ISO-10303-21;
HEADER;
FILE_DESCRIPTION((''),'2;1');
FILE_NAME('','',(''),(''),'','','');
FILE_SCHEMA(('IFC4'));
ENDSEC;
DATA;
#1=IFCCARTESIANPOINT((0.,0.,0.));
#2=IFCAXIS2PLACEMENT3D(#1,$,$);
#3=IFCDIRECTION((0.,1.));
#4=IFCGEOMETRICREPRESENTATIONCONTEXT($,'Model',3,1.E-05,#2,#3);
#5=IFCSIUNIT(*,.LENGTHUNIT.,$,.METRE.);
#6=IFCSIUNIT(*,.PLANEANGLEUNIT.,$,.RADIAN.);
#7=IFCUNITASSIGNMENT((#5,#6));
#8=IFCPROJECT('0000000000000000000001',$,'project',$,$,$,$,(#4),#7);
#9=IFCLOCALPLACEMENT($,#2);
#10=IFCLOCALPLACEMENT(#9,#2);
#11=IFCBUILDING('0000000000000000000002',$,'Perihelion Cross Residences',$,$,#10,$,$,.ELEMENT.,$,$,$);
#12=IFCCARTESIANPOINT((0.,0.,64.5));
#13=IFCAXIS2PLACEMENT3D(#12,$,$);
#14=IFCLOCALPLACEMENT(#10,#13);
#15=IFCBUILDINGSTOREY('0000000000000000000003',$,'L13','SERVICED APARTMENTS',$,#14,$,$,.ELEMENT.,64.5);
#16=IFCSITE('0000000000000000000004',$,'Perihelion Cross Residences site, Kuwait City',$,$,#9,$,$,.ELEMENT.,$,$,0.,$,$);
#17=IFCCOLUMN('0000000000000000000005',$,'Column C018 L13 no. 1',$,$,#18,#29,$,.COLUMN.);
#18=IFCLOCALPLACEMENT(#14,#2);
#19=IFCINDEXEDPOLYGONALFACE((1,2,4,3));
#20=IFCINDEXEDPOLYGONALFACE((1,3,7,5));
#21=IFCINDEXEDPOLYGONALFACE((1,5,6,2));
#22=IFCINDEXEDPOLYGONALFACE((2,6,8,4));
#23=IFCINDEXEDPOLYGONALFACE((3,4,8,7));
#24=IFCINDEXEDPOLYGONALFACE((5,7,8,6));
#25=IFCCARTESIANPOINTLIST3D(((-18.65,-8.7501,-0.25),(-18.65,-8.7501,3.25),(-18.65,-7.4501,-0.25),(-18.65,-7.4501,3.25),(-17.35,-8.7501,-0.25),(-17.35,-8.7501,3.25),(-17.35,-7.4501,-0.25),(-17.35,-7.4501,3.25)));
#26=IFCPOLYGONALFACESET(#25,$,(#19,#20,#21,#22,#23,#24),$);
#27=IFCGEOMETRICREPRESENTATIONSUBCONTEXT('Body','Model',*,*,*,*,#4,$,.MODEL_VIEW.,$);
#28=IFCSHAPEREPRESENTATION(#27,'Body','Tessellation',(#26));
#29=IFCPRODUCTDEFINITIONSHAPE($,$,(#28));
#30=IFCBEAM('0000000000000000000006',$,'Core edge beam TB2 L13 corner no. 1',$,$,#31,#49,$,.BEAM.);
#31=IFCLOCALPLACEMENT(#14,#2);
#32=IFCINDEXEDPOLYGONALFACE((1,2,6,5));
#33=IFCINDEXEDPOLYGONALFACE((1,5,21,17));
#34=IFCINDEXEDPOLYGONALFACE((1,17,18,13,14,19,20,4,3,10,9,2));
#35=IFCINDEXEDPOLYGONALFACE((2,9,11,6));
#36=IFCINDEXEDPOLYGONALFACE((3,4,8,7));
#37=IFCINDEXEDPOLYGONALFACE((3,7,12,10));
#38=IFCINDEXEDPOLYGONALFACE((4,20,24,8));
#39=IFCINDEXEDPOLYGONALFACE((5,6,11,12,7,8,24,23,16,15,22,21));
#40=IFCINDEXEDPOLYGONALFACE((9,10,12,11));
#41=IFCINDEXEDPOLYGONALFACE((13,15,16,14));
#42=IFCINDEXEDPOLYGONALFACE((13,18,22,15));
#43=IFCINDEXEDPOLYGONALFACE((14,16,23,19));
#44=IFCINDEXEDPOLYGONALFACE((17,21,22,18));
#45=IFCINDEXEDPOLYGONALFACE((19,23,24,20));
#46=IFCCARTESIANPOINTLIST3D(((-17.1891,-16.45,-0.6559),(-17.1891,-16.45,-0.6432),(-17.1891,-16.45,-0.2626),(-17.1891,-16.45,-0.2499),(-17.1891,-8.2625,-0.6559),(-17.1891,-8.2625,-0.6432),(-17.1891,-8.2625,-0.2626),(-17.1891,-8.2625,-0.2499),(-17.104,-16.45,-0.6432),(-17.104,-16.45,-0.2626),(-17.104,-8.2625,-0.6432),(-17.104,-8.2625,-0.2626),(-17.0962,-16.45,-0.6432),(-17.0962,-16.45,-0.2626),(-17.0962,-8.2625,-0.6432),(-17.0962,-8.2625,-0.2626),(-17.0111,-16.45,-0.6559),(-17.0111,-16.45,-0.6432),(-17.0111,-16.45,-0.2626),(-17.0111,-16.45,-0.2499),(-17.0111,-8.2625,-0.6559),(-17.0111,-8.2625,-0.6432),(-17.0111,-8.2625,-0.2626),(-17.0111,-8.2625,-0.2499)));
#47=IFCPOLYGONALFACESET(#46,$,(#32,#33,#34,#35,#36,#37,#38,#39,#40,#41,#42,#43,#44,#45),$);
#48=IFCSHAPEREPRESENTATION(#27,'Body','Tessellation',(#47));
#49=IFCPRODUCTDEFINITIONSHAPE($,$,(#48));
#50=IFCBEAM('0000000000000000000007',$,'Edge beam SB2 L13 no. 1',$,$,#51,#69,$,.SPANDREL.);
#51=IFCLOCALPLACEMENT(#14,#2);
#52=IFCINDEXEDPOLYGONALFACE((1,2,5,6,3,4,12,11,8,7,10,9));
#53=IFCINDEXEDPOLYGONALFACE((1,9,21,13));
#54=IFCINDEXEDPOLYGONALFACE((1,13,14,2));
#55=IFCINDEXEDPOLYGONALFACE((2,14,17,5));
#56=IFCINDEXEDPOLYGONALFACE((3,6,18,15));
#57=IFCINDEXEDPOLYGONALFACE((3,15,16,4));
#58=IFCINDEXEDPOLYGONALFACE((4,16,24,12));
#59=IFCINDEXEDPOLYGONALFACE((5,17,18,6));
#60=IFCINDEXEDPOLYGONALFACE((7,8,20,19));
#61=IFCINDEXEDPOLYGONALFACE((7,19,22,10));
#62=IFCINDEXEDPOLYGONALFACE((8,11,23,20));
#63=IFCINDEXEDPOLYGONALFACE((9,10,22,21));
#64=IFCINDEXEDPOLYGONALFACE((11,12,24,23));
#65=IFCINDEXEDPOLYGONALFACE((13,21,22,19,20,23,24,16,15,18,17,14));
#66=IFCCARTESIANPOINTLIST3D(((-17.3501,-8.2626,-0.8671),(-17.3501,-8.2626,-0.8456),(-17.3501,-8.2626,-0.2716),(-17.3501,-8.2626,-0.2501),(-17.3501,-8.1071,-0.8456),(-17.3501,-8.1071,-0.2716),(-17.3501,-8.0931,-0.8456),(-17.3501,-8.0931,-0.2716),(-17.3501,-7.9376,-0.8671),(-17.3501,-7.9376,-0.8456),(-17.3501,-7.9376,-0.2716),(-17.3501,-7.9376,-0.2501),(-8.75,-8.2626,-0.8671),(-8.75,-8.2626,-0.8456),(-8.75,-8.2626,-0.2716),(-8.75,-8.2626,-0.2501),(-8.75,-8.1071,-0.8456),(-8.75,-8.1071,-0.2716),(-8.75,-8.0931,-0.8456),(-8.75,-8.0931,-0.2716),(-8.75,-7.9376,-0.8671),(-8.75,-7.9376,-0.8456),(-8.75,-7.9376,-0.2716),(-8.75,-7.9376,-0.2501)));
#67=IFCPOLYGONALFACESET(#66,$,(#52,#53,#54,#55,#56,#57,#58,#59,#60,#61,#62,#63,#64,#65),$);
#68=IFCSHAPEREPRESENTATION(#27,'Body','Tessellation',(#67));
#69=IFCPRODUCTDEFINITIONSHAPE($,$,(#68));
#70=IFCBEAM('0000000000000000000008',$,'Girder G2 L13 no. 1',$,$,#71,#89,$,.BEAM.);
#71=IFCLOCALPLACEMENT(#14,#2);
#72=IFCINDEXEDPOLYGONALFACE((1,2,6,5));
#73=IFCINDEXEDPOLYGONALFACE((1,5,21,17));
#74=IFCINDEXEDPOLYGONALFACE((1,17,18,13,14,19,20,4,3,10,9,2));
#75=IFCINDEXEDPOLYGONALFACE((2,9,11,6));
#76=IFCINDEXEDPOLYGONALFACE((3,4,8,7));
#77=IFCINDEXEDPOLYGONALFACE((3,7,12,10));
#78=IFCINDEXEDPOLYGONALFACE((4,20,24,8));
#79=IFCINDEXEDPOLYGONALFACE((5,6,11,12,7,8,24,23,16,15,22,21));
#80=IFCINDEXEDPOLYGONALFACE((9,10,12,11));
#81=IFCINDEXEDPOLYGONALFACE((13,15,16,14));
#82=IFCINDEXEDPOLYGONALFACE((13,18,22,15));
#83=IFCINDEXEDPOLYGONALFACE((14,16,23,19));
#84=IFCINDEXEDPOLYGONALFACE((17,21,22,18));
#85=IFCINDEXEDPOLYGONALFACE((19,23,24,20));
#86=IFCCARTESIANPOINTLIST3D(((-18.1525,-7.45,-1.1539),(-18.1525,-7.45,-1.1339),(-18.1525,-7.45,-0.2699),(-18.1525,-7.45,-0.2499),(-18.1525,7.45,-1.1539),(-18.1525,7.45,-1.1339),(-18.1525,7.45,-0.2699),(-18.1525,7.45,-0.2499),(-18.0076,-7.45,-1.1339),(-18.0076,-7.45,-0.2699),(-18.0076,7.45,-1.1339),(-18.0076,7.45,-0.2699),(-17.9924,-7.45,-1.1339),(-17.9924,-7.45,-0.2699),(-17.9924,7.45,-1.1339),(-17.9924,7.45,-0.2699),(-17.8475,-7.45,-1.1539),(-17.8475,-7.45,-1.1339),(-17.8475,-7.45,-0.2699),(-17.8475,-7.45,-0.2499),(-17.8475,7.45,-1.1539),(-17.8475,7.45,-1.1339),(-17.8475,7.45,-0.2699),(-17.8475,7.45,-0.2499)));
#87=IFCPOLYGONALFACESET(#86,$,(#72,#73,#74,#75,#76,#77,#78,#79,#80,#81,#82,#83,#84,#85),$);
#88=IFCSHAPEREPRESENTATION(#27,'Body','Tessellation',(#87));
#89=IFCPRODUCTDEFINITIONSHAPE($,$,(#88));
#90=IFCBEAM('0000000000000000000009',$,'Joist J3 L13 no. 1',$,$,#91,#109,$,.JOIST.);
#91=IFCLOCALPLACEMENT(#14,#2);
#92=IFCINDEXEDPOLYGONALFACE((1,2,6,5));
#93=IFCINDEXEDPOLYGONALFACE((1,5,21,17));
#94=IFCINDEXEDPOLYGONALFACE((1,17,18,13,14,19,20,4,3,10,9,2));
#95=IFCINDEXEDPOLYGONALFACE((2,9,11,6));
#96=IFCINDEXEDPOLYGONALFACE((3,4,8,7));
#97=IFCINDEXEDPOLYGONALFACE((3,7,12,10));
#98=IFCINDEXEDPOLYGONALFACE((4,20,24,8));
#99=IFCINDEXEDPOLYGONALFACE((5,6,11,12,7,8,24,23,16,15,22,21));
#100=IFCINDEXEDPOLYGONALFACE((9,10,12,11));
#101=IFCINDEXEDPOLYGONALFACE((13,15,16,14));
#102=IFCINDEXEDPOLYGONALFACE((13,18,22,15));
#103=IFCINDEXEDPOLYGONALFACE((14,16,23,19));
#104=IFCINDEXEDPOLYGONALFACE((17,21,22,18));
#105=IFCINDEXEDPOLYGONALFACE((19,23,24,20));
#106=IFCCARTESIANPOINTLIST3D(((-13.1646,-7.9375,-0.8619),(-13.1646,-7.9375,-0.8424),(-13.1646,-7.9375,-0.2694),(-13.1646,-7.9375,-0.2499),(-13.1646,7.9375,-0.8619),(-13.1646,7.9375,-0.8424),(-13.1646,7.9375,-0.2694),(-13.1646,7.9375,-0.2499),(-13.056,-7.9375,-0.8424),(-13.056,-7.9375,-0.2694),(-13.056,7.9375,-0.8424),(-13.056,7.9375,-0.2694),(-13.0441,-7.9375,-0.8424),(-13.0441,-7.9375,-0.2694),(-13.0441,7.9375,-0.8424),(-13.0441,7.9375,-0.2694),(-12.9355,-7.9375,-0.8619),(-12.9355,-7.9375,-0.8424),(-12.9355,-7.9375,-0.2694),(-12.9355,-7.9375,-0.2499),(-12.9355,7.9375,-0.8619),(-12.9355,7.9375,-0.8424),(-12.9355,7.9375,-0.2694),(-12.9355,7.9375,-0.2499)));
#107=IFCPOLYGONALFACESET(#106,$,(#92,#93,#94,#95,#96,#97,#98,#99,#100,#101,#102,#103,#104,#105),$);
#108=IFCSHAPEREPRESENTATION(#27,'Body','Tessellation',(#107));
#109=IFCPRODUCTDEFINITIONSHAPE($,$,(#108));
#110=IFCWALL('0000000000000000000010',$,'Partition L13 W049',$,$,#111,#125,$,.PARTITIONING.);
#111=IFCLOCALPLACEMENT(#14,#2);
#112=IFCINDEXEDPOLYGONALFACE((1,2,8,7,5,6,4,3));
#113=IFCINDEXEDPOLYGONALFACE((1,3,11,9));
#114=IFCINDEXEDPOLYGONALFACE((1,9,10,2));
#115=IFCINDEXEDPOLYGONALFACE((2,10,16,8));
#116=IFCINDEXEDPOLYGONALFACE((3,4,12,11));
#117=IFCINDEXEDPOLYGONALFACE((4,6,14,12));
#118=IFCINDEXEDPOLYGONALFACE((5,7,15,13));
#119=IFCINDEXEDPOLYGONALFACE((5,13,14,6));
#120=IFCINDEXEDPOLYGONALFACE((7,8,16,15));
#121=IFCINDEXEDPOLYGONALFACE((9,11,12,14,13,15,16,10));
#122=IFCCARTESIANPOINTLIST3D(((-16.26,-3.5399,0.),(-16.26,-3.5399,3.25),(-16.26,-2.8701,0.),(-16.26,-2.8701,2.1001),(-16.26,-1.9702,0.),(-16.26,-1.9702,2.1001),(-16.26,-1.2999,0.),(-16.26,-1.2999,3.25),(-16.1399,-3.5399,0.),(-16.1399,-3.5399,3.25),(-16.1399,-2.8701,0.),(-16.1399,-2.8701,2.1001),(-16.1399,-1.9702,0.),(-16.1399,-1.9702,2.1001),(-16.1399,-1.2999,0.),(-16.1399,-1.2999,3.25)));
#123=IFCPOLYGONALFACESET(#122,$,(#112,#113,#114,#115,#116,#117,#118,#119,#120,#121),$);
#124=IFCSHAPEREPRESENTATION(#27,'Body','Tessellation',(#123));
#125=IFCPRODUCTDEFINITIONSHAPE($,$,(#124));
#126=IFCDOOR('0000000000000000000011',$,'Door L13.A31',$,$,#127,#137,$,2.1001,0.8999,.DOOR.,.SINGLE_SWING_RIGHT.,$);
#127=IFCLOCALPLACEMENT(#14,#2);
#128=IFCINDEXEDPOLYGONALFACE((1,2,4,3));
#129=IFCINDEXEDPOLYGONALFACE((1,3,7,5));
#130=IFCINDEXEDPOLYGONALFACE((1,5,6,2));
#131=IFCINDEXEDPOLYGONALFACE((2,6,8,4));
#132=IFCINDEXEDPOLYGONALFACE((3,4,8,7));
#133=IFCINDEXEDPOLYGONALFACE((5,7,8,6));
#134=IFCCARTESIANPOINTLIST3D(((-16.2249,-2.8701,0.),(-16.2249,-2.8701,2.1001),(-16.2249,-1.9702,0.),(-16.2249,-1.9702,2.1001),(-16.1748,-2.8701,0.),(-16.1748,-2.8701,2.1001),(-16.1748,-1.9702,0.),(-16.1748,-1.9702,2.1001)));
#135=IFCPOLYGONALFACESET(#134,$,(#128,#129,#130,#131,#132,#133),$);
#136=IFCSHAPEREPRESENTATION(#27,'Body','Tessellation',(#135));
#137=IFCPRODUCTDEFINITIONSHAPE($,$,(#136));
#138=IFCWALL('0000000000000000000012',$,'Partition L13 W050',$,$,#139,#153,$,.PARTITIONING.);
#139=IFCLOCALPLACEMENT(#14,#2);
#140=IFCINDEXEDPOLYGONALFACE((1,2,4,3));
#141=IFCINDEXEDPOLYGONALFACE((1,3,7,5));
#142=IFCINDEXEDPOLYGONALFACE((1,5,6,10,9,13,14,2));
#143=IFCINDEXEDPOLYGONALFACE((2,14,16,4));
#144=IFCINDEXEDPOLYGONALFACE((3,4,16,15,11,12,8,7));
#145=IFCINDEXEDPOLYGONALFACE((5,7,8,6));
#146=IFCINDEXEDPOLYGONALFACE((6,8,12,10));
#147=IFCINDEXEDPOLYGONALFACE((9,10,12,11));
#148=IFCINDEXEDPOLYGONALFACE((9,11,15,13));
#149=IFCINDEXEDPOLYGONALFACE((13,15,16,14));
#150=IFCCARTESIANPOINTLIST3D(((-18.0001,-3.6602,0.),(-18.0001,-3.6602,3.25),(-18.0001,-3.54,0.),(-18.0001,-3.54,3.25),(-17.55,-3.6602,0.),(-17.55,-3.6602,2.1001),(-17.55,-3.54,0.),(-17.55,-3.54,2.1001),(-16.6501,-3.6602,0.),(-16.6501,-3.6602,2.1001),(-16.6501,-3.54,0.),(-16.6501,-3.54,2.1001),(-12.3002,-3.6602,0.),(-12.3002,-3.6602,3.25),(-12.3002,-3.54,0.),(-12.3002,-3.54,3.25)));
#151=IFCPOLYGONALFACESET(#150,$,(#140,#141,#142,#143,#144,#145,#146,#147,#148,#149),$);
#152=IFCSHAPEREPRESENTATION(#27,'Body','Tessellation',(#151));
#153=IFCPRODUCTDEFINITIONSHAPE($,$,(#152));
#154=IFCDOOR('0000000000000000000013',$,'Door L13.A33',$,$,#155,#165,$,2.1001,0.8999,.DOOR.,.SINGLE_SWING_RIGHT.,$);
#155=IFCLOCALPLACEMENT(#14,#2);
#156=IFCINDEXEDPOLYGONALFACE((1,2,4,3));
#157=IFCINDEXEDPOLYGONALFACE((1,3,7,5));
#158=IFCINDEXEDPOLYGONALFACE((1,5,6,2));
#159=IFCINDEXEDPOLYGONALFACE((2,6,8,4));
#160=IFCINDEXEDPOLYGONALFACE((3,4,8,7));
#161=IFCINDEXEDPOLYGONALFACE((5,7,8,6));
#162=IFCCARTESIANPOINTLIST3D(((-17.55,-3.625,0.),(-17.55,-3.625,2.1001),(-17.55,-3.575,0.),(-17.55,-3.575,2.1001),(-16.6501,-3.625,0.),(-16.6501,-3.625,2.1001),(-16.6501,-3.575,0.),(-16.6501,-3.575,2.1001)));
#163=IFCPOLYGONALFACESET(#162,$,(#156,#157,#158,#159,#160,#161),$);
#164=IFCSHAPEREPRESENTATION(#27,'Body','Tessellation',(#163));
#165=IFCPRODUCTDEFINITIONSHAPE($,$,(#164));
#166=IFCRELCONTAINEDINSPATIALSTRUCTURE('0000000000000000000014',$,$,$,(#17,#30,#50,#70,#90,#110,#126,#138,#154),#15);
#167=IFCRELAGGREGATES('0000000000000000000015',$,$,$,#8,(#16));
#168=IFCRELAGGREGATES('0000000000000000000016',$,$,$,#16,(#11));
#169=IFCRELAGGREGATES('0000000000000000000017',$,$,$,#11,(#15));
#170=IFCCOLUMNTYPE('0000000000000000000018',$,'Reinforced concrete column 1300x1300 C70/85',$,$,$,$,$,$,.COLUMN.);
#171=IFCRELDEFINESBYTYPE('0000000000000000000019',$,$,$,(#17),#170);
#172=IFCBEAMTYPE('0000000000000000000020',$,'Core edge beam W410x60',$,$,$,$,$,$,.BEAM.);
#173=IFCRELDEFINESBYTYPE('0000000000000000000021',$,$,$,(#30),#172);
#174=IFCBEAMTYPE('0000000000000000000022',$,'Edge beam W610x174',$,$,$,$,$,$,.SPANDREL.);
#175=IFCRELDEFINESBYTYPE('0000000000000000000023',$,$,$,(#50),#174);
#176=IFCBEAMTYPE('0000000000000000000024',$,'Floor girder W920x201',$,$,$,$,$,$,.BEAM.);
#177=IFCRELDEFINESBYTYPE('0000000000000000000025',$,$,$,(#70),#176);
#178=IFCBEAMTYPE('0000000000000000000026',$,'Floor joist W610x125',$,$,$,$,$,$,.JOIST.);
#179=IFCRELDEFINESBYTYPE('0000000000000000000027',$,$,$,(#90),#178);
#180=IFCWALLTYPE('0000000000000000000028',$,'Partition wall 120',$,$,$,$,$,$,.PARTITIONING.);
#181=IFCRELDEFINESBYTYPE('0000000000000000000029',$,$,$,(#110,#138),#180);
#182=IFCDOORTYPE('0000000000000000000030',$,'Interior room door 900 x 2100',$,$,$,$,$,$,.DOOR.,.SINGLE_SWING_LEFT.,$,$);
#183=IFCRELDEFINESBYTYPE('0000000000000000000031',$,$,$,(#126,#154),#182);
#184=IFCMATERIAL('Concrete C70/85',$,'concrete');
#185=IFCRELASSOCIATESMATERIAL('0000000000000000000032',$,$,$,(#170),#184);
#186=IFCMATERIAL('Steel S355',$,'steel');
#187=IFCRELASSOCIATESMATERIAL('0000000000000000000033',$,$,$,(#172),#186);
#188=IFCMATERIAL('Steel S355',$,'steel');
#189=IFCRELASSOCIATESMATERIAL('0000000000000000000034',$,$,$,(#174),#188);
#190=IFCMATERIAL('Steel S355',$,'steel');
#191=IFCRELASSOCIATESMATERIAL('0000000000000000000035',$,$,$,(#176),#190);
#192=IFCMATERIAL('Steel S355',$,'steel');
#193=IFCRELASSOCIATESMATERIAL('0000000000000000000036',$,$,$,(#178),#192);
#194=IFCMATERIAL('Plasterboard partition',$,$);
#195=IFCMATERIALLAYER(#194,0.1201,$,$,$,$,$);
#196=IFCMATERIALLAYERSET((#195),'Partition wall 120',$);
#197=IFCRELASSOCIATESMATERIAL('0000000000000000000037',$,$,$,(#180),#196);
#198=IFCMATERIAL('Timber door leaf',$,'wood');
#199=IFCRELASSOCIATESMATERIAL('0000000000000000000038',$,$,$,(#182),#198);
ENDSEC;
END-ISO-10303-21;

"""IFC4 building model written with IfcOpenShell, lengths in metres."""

from ifc_helpers import new_model, si_unit, direction, frame, frame_2d, origin, origin_2d, place, context, subcontext, project, spatial, rectangle, i_section, extrude, material, layer, layer_set, material_profile, profile_set, type_object, element, fill, save


model = new_model("IFC4")

# Units and contexts
model_context = context("Model", 3, precision=1e-05, world=origin(), true_north=direction((0.0, 1.0)))
body_context = subcontext(model_context, "Body", "Model", "MODEL_VIEW")
ifc_project = project(units=[si_unit("LENGTHUNIT", "METRE"), si_unit("PLANEANGLEUNIT", "RADIAN")], contexts=[model_context])

# Site, building, storey
site_placement = place(None, origin())
site = spatial("IfcSite", under=ifc_project, at=site_placement, Name="Perihelion Cross Residences site, Kuwait City", CompositionType="ELEMENT", RefElevation=0.0)
building_placement = place(site_placement, origin())
building = spatial("IfcBuilding", under=site, at=building_placement, Name="Perihelion Cross Residences", CompositionType="ELEMENT")
storey_placement = place(building_placement, frame((0.0, 0.0, 64.5)))
storey = spatial("IfcBuildingStorey", under=building, at=storey_placement, Name="L13", Description="SERVICED APARTMENTS", CompositionType="ELEMENT", Elevation=64.5)

# Column
ifc_material_1 = material(Name="Concrete C70/85", Category="concrete")
ifc_material_profile_1 = material_profile(ifc_material_1, rectangle(XDim=1.3, YDim=1.3, at=origin_2d()), Name="RC 1300x1300")
ifc_profile_set_1 = profile_set([ifc_material_profile_1], Name="Concrete C70/85")
column_type = type_object("IfcColumnType", Name="Reinforced concrete column 1300x1300 C70/85", PredefinedType="COLUMN", material=ifc_profile_set_1)
column_placement = place(storey_placement, frame((-18.0, -8.1001, -0.25), z_axis=(0.0, 0.0, 1.0), x_axis=(1.0, 0.0, 0.0)))
element("IfcColumn", 1, at=column_placement, inside=storey, type_object=column_type, Name="Column C018 L13 no. 1", PredefinedType="COLUMN", context=body_context, shape_type="SweptSolid", body=[
    extrude(rectangle(XDim=1.3, YDim=1.3, at=origin_2d()), origin(), (0.0, 0.0, 1.0), 3.5),
])

# Beams
ifc_material_2 = material(Name="Steel S355", Category="steel")
ifc_material_profile_2 = material_profile(ifc_material_2, i_section(OverallWidth=0.178, OverallDepth=0.406, WebThickness=0.0078, FlangeThickness=0.0127, at=origin_2d()), Name="W410x60")
ifc_profile_set_2 = profile_set([ifc_material_profile_2], Name="Steel S355")
beam_type_1 = type_object("IfcBeamType", Name="Core edge beam W410x60", PredefinedType="BEAM", material=ifc_profile_set_2)
beam_1_placement = place(storey_placement, frame((-17.1001, -8.2625, -0.4529), z_axis=(0.0, -1.0, 0.0), x_axis=(1.0, 0.0, 0.0)))
element("IfcBeam", 2, at=beam_1_placement, inside=storey, type_object=beam_type_1, Name="Core edge beam TB2 L13 corner no. 1", PredefinedType="BEAM", context=body_context, shape_type="SweptSolid", body=[
    extrude(i_section(OverallWidth=0.178, OverallDepth=0.406, WebThickness=0.0078, FlangeThickness=0.0127, at=origin_2d()), origin(), (0.0, 0.0, 1.0), 8.1875),
])
ifc_material_3 = material(Name="Steel S355", Category="steel")
ifc_material_profile_3 = material_profile(ifc_material_3, i_section(OverallWidth=0.325, OverallDepth=0.6169, WebThickness=0.0139, FlangeThickness=0.0215, at=origin_2d()), Name="W610x174")
ifc_profile_set_3 = profile_set([ifc_material_profile_3], Name="Steel S355")
beam_type_2 = type_object("IfcBeamType", Name="Edge beam W610x174", PredefinedType="SPANDREL", material=ifc_profile_set_3)
beam_2_placement = place(storey_placement, frame((-17.3501, -8.1001, -0.5586), z_axis=(1.0, 0.0, 0.0), x_axis=(0.0, 1.0, 0.0)))
element("IfcBeam", 3, at=beam_2_placement, inside=storey, type_object=beam_type_2, Name="Edge beam SB2 L13 no. 1", PredefinedType="SPANDREL", context=body_context, shape_type="SweptSolid", body=[
    extrude(i_section(OverallWidth=0.325, OverallDepth=0.6169, WebThickness=0.0139, FlangeThickness=0.0215, at=origin_2d()), origin(), (0.0, 0.0, 1.0), 8.6001),
])
ifc_material_4 = material(Name="Steel S355", Category="steel")
ifc_material_profile_4 = material_profile(ifc_material_4, i_section(OverallWidth=0.3049, OverallDepth=0.9041, WebThickness=0.0151, FlangeThickness=0.02, at=origin_2d()), Name="W920x201")
ifc_profile_set_4 = profile_set([ifc_material_profile_4], Name="Steel S355")
beam_type_3 = type_object("IfcBeamType", Name="Floor girder W920x201", PredefinedType="BEAM", material=ifc_profile_set_4)
beam_3_placement = place(storey_placement, frame((-18.0, -7.45, -0.7019), z_axis=(0.0, 1.0, 0.0), x_axis=(-1.0, 0.0, 0.0)))
element("IfcBeam", 4, at=beam_3_placement, inside=storey, type_object=beam_type_3, Name="Girder G2 L13 no. 1", PredefinedType="BEAM", context=body_context, shape_type="SweptSolid", body=[
    extrude(i_section(OverallWidth=0.3049, OverallDepth=0.9041, WebThickness=0.0151, FlangeThickness=0.02, at=origin_2d()), origin(), (0.0, 0.0, 1.0), 14.8999),
])
ifc_material_5 = material(Name="Steel S355", Category="steel")
ifc_material_profile_5 = material_profile(ifc_material_5, i_section(OverallWidth=0.229, OverallDepth=0.6121, WebThickness=0.012, FlangeThickness=0.0195, at=origin_2d()), Name="W610x125")
ifc_profile_set_5 = profile_set([ifc_material_profile_5], Name="Steel S355")
beam_type_4 = type_object("IfcBeamType", Name="Floor joist W610x125", PredefinedType="JOIST", material=ifc_profile_set_5)
beam_4_placement = place(storey_placement, frame((-13.05, -7.9375, -0.5559), z_axis=(0.0, 1.0, 0.0), x_axis=(-1.0, 0.0, 0.0)))
element("IfcBeam", 5, at=beam_4_placement, inside=storey, type_object=beam_type_4, Name="Joist J3 L13 no. 1", PredefinedType="JOIST", context=body_context, shape_type="SweptSolid", body=[
    extrude(i_section(OverallWidth=0.229, OverallDepth=0.6121, WebThickness=0.012, FlangeThickness=0.0195, at=origin_2d()), origin(), (0.0, 0.0, 1.0), 15.875),
])

# Walls, openings, doors
ifc_material_6 = material(Name="Plasterboard partition")
ifc_layer_1 = layer(ifc_material_6, 0.1201)
ifc_layer_set_1 = layer_set([ifc_layer_1], Name="Partition wall 120")
wall_type_1 = type_object("IfcWallType", Name="Partition wall 120", PredefinedType="PARTITIONING", material=ifc_layer_set_1)
wall_1_placement = place(storey_placement, frame((-16.2, -3.54, 0.0), z_axis=(0.0, 0.0, 1.0), x_axis=(0.0, 1.0, 0.0)))
wall_1 = element("IfcWall", 6, at=wall_1_placement, inside=storey, type_object=wall_type_1, Name="Partition L13 W049", PredefinedType="PARTITIONING", context=body_context, shape_type="SweptSolid", body=[
    extrude(rectangle(XDim=2.24, YDim=0.1201, at=frame_2d((1.1201, 0.0))), origin(), (0.0, 0.0, 1.0), 3.25),
])
opening_1_placement = place(wall_1_placement, frame((0.6699, 0.0, 0.0)))
opening_1 = element("IfcOpeningElement", 7, at=opening_1_placement, cuts=wall_1, PredefinedType="OPENING", context=body_context, shape_type="SweptSolid", body=[
    extrude(rectangle(XDim=0.8999, YDim=2.1001, at=frame_2d((0.45, 1.05))), frame((0.0, 0.0701, 0.0), z_axis=(0.0, -1.0, 0.0), x_axis=(1.0, 0.0, 0.0)), (0.0, 0.0, 1.0), 0.1401),
])
ifc_material_7 = material(Name="Timber door leaf", Category="wood")
door_type_1 = type_object("IfcDoorType", Name="Interior room door 900 x 2100", OperationType="SINGLE_SWING_LEFT", PredefinedType="DOOR", material=ifc_material_7)
door_1_placement = place(opening_1_placement, origin())
door_1 = element("IfcDoor", 8, at=door_1_placement, inside=storey, type_object=door_type_1, Name="Door L13.A31", OperationType="SINGLE_SWING_RIGHT", OverallHeight=2.1001, OverallWidth=0.8999, PredefinedType="DOOR", context=body_context, shape_type="SweptSolid", body=[
    extrude(rectangle(XDim=0.8999, YDim=2.1001, at=frame_2d((0.45, 1.05))), frame((0.0, 0.0249, 0.0), z_axis=(0.0, -1.0, 0.0), x_axis=(1.0, 0.0, 0.0)), (0.0, 0.0, 1.0), 0.05),
])
fill(opening_1, door_1)
wall_2_placement = place(storey_placement, frame((-12.3, -3.6001, 0.0), z_axis=(0.0, 0.0, 1.0), x_axis=(-1.0, 0.0, 0.0)))
wall_2 = element("IfcWall", 9, at=wall_2_placement, inside=storey, type_object=wall_type_1, Name="Partition L13 W050", PredefinedType="PARTITIONING", context=body_context, shape_type="SweptSolid", body=[
    extrude(rectangle(XDim=5.7, YDim=0.1201, at=frame_2d((2.8501, 0.0))), origin(), (0.0, 0.0, 1.0), 3.25),
])
opening_2_placement = place(wall_2_placement, frame((4.3501, 0.0, 0.0)))
opening_2 = element("IfcOpeningElement", 10, at=opening_2_placement, cuts=wall_2, PredefinedType="OPENING", context=body_context, shape_type="SweptSolid", body=[
    extrude(rectangle(XDim=0.8999, YDim=2.1001, at=frame_2d((0.45, 1.05))), frame((0.0, 0.0701, 0.0), z_axis=(0.0, -1.0, 0.0), x_axis=(1.0, 0.0, 0.0)), (0.0, 0.0, 1.0), 0.1401),
])
door_2_placement = place(opening_2_placement, origin())
door_2 = element("IfcDoor", 11, at=door_2_placement, inside=storey, type_object=door_type_1, Name="Door L13.A33", OperationType="SINGLE_SWING_RIGHT", OverallHeight=2.1001, OverallWidth=0.8999, PredefinedType="DOOR", context=body_context, shape_type="SweptSolid", body=[
    extrude(rectangle(XDim=0.8999, YDim=2.1001, at=frame_2d((0.45, 1.05))), frame((0.0, 0.0249, 0.0), z_axis=(0.0, -1.0, 0.0), x_axis=(1.0, 0.0, 0.0)), (0.0, 0.0, 1.0), 0.05),
])
fill(opening_2, door_2)

save(model, "model.ifc")
